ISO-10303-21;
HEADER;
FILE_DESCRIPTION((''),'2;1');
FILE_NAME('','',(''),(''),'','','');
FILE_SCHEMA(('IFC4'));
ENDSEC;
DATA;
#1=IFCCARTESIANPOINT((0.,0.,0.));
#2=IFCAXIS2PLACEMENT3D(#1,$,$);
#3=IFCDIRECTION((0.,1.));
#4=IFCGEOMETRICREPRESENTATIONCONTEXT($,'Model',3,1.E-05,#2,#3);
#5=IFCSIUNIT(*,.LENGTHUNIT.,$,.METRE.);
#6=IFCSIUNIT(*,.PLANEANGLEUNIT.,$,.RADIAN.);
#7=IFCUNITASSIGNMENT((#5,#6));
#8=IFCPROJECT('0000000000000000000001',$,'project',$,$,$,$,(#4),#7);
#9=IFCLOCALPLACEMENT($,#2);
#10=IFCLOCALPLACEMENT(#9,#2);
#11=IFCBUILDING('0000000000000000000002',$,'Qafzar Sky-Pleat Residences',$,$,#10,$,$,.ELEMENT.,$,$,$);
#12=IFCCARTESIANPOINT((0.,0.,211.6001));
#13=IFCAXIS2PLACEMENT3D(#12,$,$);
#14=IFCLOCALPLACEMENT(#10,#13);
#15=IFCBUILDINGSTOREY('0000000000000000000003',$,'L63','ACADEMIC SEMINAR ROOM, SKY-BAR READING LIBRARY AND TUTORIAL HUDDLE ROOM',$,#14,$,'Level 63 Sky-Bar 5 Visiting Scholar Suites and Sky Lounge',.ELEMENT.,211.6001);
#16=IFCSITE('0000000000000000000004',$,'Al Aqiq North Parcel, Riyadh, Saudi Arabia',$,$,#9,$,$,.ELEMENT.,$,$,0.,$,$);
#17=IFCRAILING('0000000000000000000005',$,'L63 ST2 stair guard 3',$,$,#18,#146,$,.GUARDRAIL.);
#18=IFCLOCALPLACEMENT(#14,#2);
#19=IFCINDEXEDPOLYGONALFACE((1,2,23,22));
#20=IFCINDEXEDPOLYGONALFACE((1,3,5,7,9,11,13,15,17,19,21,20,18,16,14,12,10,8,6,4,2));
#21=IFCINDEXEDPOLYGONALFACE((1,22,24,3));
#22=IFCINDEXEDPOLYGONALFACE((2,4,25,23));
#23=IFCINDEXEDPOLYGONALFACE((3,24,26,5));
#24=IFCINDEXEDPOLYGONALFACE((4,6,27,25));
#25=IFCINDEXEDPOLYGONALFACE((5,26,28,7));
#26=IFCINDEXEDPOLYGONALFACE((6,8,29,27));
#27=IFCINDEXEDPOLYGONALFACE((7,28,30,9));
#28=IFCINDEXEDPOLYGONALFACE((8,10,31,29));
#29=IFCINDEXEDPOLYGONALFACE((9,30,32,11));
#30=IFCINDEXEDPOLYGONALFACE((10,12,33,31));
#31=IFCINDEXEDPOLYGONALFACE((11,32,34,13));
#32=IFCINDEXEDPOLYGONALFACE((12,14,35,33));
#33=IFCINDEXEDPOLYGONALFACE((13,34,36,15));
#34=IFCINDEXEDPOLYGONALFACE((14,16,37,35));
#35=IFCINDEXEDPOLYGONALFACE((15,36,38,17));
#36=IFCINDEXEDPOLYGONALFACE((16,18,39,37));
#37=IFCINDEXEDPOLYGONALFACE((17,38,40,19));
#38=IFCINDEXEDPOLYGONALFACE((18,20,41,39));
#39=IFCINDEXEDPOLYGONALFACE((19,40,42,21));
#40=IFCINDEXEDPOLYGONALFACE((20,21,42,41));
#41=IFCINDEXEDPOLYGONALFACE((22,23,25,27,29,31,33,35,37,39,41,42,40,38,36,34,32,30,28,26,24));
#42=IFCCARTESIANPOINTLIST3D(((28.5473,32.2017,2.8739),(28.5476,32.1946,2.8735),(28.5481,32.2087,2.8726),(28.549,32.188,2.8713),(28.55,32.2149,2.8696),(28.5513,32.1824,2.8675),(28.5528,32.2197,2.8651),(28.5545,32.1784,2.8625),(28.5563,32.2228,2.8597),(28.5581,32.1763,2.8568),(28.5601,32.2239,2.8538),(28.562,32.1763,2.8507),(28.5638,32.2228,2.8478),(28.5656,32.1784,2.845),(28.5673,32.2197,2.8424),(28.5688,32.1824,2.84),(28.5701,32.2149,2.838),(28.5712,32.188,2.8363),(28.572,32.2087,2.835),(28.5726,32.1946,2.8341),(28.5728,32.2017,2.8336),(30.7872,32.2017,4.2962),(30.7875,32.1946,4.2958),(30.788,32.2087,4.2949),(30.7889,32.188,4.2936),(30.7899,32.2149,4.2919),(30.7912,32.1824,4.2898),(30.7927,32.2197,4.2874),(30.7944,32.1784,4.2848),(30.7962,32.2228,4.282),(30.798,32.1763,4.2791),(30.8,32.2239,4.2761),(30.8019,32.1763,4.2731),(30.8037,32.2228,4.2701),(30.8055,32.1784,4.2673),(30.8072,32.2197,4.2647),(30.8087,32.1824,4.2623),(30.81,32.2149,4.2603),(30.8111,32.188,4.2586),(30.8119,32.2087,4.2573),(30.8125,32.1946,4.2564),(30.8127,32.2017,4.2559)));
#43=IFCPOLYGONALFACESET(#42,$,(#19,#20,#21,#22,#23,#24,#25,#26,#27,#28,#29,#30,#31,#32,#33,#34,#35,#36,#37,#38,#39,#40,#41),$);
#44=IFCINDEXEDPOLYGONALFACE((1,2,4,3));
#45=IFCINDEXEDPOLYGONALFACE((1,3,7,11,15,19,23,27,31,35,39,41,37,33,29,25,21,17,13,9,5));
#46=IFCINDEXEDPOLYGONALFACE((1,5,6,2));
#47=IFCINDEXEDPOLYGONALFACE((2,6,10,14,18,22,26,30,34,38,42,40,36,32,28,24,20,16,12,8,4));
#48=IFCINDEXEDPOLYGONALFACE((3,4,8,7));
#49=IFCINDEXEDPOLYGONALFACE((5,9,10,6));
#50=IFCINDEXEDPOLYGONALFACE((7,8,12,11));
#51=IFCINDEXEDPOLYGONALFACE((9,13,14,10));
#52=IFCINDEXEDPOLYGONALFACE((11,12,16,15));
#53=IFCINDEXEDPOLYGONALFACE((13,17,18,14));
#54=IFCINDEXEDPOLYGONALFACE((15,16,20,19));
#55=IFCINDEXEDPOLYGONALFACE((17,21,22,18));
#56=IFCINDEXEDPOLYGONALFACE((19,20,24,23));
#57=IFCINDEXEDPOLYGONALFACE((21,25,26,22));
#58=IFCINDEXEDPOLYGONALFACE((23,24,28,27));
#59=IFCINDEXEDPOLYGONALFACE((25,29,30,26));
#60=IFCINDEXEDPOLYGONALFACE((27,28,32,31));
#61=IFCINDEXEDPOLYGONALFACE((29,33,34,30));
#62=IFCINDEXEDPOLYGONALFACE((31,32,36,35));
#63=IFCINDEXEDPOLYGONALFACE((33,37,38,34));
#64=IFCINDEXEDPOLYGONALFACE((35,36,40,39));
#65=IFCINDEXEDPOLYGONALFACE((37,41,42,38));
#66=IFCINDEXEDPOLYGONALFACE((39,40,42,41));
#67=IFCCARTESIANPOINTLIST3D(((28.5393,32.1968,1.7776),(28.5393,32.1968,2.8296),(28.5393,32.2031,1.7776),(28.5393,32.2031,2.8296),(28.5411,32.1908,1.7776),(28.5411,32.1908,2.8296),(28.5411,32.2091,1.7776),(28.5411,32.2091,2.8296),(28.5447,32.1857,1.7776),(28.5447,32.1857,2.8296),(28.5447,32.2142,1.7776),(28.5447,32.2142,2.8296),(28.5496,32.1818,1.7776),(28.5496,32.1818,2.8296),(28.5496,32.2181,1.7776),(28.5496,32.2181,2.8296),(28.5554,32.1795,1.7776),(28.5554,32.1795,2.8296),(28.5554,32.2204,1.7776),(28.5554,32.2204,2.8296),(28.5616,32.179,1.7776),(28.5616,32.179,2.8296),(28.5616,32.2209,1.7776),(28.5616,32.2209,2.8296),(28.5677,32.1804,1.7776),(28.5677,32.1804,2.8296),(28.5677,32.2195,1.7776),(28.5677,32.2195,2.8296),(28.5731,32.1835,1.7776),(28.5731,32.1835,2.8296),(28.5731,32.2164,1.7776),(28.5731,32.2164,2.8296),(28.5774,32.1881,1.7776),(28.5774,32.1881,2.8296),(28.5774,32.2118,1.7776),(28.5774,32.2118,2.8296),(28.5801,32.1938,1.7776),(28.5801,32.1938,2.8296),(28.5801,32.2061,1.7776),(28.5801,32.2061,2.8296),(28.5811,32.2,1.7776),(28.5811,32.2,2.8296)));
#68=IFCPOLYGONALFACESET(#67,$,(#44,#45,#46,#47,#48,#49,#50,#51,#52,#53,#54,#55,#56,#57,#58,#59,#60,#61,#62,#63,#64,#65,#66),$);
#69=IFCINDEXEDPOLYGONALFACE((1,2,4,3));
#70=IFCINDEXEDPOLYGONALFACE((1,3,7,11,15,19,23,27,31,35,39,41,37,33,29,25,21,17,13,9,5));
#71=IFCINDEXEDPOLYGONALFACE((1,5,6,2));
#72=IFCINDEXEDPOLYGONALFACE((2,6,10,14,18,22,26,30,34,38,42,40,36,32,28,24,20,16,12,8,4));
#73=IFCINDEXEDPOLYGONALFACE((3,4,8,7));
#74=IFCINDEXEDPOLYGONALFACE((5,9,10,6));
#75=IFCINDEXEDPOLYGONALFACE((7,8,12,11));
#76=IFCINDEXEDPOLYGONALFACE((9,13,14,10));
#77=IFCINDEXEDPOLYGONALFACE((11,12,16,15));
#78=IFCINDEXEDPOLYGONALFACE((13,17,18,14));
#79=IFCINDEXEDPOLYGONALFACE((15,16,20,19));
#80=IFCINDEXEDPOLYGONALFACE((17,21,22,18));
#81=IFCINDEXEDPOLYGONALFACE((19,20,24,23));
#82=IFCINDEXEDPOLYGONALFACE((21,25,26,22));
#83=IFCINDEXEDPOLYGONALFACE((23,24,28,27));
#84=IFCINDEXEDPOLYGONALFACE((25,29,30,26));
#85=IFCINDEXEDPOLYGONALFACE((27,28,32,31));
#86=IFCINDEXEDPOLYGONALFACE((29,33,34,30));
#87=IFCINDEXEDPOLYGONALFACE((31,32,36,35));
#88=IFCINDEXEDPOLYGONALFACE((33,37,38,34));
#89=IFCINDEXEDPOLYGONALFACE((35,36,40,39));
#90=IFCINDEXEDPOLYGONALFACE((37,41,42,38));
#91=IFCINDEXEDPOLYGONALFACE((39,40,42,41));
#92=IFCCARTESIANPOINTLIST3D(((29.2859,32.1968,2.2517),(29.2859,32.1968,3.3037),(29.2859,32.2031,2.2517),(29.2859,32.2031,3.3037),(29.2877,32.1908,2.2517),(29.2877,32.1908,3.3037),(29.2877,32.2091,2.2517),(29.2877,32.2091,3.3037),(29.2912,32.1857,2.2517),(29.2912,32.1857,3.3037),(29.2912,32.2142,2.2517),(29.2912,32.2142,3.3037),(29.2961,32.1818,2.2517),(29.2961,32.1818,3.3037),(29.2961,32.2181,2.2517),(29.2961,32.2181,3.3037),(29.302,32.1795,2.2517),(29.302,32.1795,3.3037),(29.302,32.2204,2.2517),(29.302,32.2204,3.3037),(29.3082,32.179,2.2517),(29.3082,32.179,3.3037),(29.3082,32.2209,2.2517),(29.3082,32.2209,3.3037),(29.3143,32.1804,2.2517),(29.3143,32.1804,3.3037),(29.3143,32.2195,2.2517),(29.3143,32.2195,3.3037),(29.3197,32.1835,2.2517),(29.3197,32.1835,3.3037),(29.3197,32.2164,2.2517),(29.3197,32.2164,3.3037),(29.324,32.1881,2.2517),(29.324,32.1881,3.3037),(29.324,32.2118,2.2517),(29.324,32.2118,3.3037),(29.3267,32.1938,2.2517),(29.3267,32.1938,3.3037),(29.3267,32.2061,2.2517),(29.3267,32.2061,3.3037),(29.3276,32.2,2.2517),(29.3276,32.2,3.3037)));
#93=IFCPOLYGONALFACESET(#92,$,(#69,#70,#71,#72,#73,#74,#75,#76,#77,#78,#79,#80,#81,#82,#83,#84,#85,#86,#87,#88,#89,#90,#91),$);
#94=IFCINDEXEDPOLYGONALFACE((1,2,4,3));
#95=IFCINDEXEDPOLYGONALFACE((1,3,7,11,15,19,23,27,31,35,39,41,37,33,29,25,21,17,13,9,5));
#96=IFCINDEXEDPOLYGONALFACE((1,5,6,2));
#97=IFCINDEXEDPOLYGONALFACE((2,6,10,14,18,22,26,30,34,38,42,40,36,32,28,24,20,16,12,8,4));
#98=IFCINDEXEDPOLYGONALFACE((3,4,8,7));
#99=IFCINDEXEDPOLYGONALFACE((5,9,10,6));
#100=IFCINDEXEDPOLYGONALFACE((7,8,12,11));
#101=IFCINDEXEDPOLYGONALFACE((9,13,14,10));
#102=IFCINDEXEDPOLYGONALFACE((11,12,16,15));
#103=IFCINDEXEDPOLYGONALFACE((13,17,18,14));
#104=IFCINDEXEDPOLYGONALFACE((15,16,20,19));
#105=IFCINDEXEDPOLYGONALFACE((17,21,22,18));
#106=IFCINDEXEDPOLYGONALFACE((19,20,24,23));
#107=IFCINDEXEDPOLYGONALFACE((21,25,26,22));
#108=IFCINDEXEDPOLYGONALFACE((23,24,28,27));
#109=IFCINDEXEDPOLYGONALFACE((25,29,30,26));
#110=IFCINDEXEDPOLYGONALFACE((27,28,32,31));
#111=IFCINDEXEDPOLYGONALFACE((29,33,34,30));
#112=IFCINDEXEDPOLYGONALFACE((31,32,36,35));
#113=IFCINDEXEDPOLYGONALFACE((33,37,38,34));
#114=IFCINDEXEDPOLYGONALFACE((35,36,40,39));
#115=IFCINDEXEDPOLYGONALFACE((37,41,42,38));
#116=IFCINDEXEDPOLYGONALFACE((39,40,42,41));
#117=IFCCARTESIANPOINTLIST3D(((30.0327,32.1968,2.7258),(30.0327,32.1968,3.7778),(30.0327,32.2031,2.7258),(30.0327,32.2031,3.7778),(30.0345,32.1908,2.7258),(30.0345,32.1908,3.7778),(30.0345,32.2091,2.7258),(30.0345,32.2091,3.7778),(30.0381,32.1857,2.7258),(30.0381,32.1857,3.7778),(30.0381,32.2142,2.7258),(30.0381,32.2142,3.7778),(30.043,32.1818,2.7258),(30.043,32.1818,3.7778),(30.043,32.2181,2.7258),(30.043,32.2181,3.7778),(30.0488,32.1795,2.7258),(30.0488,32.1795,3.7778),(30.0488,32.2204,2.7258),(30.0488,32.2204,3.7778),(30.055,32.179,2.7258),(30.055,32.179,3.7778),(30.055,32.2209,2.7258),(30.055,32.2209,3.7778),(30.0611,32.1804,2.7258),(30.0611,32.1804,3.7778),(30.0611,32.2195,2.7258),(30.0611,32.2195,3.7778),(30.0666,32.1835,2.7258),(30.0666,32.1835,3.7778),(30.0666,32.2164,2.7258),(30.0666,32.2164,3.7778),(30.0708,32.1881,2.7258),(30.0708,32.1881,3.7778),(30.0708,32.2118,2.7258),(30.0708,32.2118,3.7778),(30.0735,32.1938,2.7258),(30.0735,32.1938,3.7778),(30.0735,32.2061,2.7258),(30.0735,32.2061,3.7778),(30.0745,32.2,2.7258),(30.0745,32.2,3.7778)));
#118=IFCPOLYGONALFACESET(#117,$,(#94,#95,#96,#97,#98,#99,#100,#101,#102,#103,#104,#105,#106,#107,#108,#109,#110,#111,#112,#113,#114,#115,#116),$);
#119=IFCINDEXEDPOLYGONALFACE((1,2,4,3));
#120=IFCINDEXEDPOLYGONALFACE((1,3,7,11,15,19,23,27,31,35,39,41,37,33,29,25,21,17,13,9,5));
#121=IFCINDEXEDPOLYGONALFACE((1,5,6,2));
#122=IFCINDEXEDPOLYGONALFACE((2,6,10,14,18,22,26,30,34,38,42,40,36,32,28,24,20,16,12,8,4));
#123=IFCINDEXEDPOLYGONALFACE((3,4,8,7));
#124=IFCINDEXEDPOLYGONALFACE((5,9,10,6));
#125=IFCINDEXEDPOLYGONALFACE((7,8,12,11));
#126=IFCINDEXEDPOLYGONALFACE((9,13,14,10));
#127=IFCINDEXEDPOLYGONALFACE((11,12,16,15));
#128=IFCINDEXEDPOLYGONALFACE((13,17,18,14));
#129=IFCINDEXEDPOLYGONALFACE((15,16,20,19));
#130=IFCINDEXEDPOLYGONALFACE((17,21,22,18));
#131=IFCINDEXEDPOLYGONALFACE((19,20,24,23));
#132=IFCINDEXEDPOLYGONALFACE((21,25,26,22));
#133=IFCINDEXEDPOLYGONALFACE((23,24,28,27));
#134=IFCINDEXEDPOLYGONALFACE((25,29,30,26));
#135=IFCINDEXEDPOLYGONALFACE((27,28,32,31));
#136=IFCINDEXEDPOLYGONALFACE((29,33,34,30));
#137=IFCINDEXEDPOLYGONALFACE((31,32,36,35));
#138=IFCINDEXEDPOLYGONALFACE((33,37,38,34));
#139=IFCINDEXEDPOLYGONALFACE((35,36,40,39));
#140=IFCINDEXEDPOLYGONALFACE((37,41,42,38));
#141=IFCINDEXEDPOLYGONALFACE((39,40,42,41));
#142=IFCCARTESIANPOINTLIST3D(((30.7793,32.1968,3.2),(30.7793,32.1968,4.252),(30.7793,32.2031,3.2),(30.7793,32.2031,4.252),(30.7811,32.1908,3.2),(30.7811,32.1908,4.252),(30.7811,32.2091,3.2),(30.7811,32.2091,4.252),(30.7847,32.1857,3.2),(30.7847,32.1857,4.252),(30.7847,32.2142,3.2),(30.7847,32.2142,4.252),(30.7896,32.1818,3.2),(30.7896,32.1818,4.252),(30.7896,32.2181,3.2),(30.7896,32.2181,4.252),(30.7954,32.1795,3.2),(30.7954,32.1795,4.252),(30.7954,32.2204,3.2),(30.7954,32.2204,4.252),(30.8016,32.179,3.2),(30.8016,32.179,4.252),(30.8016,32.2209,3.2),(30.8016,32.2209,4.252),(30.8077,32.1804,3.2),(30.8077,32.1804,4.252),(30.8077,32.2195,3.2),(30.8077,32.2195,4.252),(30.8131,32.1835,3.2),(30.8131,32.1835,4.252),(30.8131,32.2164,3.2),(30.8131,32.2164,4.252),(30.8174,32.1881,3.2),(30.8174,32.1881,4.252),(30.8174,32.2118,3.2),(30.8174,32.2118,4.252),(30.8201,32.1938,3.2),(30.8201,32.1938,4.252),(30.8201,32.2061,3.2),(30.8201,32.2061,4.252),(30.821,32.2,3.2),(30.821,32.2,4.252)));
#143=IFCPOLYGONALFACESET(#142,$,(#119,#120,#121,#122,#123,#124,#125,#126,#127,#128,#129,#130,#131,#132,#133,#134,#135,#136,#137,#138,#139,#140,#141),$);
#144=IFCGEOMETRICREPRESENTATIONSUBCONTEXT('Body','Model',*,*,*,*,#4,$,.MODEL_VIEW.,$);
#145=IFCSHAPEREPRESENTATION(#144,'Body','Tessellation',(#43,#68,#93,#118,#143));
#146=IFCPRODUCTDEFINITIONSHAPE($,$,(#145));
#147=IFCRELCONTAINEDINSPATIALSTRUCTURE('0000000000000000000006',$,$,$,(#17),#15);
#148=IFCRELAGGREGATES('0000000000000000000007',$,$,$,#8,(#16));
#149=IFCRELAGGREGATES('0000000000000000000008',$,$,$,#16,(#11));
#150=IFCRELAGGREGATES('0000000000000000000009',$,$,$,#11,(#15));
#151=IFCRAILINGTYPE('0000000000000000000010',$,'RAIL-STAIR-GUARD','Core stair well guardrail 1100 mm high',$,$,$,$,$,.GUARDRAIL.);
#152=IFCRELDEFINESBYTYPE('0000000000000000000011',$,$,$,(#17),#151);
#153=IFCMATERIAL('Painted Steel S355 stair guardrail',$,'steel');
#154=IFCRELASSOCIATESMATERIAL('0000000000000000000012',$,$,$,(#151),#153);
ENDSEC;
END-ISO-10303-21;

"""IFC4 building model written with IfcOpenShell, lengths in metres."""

from ifc_helpers import new_model, si_unit, direction, frame, origin, origin_2d, place, context, subcontext, project, spatial, circle, extrude, source, transform, mapped, material, type_object, element, save


model = new_model("IFC4")

# Units and contexts
model_context = context("Model", 3, precision=1e-05, world=origin(), true_north=direction((0.0, 1.0)))
body_context = subcontext(model_context, "Body", "Model", "MODEL_VIEW")
ifc_project = project(units=[si_unit("LENGTHUNIT", "METRE"), si_unit("PLANEANGLEUNIT", "RADIAN")], contexts=[model_context])

# Site, building, storey
site_placement = place(None, origin())
site = spatial("IfcSite", under=ifc_project, at=site_placement, Name="Al Aqiq North Parcel, Riyadh, Saudi Arabia", CompositionType="ELEMENT", RefElevation=0.0)
building_placement = place(site_placement, origin())
building = spatial("IfcBuilding", under=site, at=building_placement, Name="Qafzar Sky-Pleat Residences", CompositionType="ELEMENT")
storey_placement = place(building_placement, frame((0.0, 0.0, 211.6001)))
storey = spatial("IfcBuildingStorey", under=building, at=storey_placement, Name="L63", Description="ACADEMIC SEMINAR ROOM, SKY-BAR READING LIBRARY AND TUTORIAL HUDDLE ROOM", LongName="Level 63 Sky-Bar 5 Visiting Scholar Suites and Sky Lounge", CompositionType="ELEMENT", Elevation=211.6001)

# Railing
ifc_material_1 = material(Name="Painted Steel S355 stair guardrail", Category="steel")
railing_type_1 = type_object("IfcRailingType", Name="RAIL-STAIR-GUARD", Description="Core stair well guardrail 1100 mm high", PredefinedType="GUARDRAIL", material=ifc_material_1)
shared_shape_1 = source(origin(), body_context, "Body", "SweptSolid", [
    extrude(circle(Radius=0.0239, at=origin_2d()), frame((0.0, 0.0, 1.0762), z_axis=(0.844188, 0.0, 0.536048), x_axis=(0.0, 1.0, 0.0)), (0.0, 0.0, 1.0), 2.6533),
    extrude(circle(Radius=0.021, at=origin_2d()), origin(), (0.0, 0.0, 1.0), 1.052),
    extrude(circle(Radius=0.021, at=origin_2d()), frame((0.7466, 0.0, 0.4741)), (0.0, 0.0, 1.0), 1.052),
    extrude(circle(Radius=0.021, at=origin_2d()), frame((1.4934, 0.0, 0.9482)), (0.0, 0.0, 1.0), 1.052),
    extrude(circle(Radius=0.021, at=origin_2d()), frame((2.24, 0.0, 1.4224)), (0.0, 0.0, 1.0), 1.052),
])
railing_1_placement = place(storey_placement, frame((28.5601, 32.2, 1.7776)))
element("IfcRailing", 1, at=railing_1_placement, inside=storey, type_object=railing_type_1, Name="L63 ST2 stair guard 3", PredefinedType="GUARDRAIL", context=body_context, shape_type="MappedRepresentation", body=[
    mapped(shared_shape_1, transform((0.0, 0.0, 0.0), x_axis=(1.0, 0.0, 0.0), y_axis=(0.0, 1.0, 0.0), z_axis=(0.0, 0.0, 1.0), scale=1.0)),
])

save(model, "model.ifc")
